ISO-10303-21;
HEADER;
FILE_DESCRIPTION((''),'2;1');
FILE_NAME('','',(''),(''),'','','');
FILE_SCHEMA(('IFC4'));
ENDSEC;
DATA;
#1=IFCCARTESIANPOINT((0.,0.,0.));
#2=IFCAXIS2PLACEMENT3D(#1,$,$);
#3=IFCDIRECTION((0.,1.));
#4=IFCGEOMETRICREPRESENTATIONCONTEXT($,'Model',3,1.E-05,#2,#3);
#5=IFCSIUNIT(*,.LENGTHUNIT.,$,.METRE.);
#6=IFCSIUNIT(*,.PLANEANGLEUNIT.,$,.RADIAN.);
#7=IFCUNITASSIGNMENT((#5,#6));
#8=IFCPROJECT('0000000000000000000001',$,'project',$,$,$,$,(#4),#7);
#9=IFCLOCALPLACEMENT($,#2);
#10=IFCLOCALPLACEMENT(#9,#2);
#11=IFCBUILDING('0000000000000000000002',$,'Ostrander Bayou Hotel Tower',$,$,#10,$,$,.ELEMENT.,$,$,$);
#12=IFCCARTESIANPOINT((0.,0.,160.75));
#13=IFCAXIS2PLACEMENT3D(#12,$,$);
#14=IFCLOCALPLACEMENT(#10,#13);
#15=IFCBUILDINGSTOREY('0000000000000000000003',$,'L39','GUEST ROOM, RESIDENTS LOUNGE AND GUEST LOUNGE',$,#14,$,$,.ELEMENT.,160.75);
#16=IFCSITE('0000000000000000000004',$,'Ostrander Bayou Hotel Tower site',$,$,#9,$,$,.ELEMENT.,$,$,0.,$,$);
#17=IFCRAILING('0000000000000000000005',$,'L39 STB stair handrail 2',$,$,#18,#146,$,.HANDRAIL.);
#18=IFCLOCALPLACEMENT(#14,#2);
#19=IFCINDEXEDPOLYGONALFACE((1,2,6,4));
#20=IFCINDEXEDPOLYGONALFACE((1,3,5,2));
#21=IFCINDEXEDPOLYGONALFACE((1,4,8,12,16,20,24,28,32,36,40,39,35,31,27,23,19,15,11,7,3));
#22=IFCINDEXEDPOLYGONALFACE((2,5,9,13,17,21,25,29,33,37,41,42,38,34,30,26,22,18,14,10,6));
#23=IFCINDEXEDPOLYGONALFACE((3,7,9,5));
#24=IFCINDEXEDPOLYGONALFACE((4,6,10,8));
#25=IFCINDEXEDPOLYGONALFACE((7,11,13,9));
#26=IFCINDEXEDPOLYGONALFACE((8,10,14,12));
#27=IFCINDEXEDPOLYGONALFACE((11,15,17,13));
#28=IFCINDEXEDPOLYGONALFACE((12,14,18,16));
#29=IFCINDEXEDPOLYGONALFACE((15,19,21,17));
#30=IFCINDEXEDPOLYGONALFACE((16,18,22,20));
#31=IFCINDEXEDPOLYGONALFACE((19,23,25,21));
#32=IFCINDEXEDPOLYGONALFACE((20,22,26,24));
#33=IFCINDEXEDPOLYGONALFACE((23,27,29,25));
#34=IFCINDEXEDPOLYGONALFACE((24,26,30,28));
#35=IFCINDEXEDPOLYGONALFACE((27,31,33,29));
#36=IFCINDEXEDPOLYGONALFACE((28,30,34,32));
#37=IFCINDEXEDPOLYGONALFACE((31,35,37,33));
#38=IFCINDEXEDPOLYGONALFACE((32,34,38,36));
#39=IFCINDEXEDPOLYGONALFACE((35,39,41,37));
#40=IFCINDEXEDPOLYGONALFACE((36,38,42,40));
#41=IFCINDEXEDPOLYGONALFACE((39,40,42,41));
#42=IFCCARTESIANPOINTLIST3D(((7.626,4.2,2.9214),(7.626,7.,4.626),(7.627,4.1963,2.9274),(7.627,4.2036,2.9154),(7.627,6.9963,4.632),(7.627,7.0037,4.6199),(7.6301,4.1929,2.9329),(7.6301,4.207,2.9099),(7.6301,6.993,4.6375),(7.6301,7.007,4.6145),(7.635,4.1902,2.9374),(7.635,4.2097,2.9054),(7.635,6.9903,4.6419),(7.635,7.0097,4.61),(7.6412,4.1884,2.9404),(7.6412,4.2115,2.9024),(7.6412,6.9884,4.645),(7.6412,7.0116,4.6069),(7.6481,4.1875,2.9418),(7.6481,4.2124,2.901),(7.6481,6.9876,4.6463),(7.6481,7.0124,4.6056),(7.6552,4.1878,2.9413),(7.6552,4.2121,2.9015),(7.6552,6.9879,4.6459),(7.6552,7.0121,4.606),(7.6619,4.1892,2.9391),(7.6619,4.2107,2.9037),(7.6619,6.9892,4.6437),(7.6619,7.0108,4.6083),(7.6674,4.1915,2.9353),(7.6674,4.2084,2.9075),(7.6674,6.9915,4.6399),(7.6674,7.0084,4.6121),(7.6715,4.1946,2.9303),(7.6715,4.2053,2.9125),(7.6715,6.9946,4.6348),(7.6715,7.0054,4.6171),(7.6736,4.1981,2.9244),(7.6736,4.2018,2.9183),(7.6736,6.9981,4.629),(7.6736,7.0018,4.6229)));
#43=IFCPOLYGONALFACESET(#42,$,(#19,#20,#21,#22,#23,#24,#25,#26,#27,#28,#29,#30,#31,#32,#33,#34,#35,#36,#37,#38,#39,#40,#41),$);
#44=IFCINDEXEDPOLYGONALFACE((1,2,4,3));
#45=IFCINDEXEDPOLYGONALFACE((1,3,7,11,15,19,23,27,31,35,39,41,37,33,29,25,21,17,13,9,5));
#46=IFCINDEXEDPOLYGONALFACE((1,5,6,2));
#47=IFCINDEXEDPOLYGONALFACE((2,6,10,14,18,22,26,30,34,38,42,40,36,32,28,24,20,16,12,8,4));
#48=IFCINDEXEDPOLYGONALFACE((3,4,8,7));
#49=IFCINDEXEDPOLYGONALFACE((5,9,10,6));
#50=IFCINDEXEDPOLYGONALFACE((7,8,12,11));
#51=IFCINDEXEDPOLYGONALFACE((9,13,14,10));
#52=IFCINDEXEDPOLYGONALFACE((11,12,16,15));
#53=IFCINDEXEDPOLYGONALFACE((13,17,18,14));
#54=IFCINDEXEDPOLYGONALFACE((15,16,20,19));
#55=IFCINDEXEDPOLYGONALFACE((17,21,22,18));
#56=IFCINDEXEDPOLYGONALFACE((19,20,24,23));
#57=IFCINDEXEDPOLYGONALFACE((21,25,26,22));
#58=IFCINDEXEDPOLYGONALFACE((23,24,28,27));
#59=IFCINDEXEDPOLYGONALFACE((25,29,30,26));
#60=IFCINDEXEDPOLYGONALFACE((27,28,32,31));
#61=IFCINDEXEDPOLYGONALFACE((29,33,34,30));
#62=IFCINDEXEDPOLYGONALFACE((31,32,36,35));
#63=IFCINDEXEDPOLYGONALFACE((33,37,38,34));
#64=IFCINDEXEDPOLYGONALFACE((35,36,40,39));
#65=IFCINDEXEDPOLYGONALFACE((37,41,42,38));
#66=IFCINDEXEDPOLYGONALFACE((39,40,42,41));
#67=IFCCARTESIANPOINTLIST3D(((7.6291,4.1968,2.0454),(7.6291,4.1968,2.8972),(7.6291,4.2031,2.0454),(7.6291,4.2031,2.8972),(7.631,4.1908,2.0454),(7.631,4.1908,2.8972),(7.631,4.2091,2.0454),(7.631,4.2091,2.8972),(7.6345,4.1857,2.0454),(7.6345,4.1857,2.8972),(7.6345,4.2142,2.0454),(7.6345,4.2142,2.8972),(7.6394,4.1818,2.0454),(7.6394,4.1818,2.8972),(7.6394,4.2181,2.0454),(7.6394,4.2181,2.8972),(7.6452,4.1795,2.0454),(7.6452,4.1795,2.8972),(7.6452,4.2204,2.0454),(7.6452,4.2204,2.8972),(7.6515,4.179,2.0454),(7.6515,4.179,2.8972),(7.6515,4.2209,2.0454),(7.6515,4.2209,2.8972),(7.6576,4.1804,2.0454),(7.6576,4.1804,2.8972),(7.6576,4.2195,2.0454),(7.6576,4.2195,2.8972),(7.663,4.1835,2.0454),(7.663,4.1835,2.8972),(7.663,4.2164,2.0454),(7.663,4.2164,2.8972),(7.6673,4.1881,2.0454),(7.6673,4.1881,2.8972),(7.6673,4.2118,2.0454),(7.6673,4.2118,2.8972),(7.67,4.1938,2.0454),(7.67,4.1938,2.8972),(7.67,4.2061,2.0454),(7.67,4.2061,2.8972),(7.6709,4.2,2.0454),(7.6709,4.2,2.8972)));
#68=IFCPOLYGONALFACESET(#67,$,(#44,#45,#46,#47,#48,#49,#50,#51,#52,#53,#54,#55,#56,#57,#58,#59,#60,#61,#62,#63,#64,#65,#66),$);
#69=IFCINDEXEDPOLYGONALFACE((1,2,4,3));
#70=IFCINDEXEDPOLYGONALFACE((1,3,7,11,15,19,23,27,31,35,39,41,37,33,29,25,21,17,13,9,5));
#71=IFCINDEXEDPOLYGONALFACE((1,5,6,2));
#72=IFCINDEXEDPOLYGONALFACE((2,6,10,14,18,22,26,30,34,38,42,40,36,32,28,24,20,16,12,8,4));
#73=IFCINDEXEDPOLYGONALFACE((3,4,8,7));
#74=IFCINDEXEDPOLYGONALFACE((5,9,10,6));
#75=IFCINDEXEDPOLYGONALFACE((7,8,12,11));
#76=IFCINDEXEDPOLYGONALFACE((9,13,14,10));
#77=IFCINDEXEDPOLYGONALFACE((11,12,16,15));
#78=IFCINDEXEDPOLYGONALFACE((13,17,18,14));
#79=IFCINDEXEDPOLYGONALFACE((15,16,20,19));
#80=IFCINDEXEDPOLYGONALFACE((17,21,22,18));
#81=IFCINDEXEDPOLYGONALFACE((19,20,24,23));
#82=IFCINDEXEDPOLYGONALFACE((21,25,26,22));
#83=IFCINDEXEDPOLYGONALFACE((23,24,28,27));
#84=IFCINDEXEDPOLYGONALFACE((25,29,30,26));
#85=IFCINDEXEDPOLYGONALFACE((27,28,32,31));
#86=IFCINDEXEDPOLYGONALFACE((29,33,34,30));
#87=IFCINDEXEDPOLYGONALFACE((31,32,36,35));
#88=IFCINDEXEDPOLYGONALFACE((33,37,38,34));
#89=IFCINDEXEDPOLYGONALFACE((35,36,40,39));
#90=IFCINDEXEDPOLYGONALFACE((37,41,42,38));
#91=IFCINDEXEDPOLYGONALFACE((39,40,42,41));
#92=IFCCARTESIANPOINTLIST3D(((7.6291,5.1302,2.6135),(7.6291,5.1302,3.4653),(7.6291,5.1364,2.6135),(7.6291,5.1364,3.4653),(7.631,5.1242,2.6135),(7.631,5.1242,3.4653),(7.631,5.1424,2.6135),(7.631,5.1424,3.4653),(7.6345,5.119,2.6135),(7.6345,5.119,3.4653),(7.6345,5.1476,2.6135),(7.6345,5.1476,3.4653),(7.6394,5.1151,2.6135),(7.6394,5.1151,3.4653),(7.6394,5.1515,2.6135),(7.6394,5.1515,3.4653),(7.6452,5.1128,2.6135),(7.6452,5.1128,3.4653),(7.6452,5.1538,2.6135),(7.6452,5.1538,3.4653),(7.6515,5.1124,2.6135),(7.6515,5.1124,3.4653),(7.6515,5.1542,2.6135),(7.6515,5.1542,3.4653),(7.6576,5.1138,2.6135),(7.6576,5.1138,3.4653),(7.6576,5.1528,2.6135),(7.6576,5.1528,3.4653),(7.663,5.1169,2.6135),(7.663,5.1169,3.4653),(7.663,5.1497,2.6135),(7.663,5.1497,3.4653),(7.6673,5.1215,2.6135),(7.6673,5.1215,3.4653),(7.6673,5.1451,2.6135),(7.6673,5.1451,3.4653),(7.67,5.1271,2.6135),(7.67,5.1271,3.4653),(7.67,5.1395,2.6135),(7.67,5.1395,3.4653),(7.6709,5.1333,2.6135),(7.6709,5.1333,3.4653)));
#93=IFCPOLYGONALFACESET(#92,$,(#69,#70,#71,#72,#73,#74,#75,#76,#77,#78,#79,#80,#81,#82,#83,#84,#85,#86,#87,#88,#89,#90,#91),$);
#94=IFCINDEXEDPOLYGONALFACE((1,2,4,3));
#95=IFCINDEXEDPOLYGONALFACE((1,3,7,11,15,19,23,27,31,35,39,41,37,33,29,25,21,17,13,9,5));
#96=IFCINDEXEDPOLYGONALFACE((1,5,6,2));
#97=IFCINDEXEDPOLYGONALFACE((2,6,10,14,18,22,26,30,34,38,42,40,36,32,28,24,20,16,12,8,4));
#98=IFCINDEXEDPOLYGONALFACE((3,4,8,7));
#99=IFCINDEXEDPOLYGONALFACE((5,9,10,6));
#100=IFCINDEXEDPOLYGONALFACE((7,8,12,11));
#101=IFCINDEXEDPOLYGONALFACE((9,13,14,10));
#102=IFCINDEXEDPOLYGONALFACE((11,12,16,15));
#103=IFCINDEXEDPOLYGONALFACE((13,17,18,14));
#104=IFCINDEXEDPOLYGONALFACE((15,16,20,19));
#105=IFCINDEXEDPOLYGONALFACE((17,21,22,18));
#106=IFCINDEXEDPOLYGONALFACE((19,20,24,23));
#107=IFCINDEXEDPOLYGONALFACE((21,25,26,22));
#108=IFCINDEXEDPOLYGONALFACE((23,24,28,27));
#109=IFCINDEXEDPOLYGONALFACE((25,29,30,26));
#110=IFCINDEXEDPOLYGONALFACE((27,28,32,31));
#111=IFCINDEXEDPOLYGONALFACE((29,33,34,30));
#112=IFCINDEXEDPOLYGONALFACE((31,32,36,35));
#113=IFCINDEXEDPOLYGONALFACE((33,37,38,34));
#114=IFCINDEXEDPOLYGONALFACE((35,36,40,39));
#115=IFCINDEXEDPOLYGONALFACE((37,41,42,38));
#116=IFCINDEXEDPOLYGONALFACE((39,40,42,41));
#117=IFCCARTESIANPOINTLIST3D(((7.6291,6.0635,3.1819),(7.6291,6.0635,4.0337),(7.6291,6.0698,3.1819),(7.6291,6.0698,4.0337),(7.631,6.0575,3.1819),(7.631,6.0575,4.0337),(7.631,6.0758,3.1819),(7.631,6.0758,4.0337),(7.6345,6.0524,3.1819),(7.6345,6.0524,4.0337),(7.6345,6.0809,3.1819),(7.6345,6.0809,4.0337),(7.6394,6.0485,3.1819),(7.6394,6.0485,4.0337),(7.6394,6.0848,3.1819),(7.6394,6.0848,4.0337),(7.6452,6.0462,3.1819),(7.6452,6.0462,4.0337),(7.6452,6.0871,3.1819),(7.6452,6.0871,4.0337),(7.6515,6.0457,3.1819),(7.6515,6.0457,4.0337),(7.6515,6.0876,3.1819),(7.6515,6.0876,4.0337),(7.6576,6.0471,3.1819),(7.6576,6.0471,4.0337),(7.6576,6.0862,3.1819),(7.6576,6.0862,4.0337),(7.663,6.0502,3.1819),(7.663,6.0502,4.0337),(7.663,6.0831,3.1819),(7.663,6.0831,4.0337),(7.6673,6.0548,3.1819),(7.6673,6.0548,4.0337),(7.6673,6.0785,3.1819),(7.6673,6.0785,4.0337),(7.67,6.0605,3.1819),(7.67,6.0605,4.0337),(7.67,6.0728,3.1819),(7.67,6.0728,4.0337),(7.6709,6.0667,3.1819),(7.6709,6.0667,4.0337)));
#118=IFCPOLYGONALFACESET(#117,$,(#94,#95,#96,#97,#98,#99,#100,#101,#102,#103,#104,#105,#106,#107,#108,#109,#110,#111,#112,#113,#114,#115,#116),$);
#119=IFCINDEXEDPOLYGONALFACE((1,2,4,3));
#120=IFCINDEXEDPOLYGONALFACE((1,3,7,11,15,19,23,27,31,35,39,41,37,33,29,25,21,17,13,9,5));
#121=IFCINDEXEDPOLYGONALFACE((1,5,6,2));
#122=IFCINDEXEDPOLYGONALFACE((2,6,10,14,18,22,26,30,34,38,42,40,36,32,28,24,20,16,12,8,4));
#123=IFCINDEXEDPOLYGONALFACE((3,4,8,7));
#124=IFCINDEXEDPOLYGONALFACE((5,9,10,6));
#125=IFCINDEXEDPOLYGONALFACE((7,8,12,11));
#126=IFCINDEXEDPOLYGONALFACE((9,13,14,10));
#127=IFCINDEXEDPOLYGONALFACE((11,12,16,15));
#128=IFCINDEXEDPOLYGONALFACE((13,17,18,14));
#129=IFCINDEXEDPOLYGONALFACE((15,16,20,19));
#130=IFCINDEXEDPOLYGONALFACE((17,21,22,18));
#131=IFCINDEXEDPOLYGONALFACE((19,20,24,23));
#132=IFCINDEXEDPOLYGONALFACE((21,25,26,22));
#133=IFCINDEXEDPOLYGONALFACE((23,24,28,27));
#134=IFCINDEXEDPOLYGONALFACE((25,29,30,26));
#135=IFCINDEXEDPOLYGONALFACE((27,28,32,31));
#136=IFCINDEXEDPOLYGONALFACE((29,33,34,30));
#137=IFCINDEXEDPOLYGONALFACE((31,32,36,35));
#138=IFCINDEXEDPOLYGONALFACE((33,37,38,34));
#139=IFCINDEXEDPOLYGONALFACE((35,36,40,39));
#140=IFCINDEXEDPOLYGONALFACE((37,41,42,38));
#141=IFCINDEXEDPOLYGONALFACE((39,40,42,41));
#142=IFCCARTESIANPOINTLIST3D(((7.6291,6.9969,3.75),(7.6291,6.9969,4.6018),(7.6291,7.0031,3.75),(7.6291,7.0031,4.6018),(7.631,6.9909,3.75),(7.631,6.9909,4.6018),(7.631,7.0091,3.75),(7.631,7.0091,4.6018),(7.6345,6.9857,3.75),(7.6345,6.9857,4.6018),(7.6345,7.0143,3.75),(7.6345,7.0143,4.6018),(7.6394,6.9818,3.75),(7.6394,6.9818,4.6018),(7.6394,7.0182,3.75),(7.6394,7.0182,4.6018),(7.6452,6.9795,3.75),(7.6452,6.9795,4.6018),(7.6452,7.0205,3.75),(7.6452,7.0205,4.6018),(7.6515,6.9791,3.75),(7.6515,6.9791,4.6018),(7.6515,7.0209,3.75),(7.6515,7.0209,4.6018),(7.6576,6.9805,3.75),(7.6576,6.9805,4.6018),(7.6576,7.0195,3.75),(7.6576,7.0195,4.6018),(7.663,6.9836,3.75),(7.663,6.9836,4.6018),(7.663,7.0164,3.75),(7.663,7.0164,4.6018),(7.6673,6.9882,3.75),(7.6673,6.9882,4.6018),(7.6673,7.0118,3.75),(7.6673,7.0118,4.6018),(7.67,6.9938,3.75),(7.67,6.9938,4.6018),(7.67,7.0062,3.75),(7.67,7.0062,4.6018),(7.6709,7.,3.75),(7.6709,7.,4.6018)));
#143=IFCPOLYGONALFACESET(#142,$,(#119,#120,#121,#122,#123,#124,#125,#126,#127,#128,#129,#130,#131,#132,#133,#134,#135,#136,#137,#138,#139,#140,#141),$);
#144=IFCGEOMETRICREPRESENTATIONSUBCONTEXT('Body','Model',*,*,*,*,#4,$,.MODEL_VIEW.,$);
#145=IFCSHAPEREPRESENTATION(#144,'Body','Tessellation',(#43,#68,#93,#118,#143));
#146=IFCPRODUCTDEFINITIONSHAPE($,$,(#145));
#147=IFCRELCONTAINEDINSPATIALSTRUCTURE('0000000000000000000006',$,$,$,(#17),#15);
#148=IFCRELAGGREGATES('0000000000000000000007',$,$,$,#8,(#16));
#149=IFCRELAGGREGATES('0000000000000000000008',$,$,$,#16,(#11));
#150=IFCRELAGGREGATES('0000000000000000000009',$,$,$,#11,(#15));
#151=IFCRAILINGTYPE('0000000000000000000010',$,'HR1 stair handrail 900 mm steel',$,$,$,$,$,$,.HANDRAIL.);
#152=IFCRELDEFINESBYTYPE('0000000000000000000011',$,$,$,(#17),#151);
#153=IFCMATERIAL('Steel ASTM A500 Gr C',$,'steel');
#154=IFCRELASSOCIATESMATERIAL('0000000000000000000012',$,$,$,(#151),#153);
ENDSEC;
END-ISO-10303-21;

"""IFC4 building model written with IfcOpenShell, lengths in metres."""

from ifc_helpers import new_model, si_unit, direction, frame, origin, origin_2d, place, context, subcontext, project, spatial, circle, extrude, material, type_object, element, save


model = new_model("IFC4")

# Units and contexts
model_context = context("Model", 3, precision=1e-05, world=origin(), true_north=direction((0.0, 1.0)))
body_context = subcontext(model_context, "Body", "Model", "MODEL_VIEW")
ifc_project = project(units=[si_unit("LENGTHUNIT", "METRE"), si_unit("PLANEANGLEUNIT", "RADIAN")], contexts=[model_context])

# Site, building, storey
site_placement = place(None, origin())
site = spatial("IfcSite", under=ifc_project, at=site_placement, Name="Ostrander Bayou Hotel Tower site", CompositionType="ELEMENT", RefElevation=0.0)
building_placement = place(site_placement, origin())
building = spatial("IfcBuilding", under=site, at=building_placement, Name="Ostrander Bayou Hotel Tower", CompositionType="ELEMENT")
storey_placement = place(building_placement, frame((0.0, 0.0, 160.75)))
storey = spatial("IfcBuildingStorey", under=building, at=storey_placement, Name="L39", Description="GUEST ROOM, RESIDENTS LOUNGE AND GUEST LOUNGE", CompositionType="ELEMENT", Elevation=160.75)

# Railing
ifc_material_1 = material(Name="Steel ASTM A500 Gr C", Category="steel")
railing_type_1 = type_object("IfcRailingType", Name="HR1 stair handrail 900 mm steel", PredefinedType="HANDRAIL", material=ifc_material_1)
railing_1_placement = place(storey_placement, frame((7.6499, 4.2, 2.0454)))
element("IfcRailing", 1, at=railing_1_placement, inside=storey, type_object=railing_type_1, Name="L39 STB stair handrail 2", PredefinedType="HANDRAIL", context=body_context, shape_type="SweptSolid", body=[
    extrude(circle(Radius=0.0239, at=origin_2d()), frame((0.0, 0.0, 0.876), z_axis=(0.0, 0.85417, 0.519994), x_axis=(-1.0, 0.0, 0.0)), (0.0, 0.0, 1.0), 3.2781),
    extrude(circle(Radius=0.021, at=origin_2d()), origin(), (0.0, 0.0, 1.0), 0.8518),
    extrude(circle(Radius=0.021, at=origin_2d()), frame((0.0, 0.9333, 0.5681)), (0.0, 0.0, 1.0), 0.8518),
    extrude(circle(Radius=0.021, at=origin_2d()), frame((0.0, 1.8667, 1.1365)), (0.0, 0.0, 1.0), 0.8518),
    extrude(circle(Radius=0.021, at=origin_2d()), frame((0.0, 2.8, 1.7046)), (0.0, 0.0, 1.0), 0.8518),
])

save(model, "model.ifc")
